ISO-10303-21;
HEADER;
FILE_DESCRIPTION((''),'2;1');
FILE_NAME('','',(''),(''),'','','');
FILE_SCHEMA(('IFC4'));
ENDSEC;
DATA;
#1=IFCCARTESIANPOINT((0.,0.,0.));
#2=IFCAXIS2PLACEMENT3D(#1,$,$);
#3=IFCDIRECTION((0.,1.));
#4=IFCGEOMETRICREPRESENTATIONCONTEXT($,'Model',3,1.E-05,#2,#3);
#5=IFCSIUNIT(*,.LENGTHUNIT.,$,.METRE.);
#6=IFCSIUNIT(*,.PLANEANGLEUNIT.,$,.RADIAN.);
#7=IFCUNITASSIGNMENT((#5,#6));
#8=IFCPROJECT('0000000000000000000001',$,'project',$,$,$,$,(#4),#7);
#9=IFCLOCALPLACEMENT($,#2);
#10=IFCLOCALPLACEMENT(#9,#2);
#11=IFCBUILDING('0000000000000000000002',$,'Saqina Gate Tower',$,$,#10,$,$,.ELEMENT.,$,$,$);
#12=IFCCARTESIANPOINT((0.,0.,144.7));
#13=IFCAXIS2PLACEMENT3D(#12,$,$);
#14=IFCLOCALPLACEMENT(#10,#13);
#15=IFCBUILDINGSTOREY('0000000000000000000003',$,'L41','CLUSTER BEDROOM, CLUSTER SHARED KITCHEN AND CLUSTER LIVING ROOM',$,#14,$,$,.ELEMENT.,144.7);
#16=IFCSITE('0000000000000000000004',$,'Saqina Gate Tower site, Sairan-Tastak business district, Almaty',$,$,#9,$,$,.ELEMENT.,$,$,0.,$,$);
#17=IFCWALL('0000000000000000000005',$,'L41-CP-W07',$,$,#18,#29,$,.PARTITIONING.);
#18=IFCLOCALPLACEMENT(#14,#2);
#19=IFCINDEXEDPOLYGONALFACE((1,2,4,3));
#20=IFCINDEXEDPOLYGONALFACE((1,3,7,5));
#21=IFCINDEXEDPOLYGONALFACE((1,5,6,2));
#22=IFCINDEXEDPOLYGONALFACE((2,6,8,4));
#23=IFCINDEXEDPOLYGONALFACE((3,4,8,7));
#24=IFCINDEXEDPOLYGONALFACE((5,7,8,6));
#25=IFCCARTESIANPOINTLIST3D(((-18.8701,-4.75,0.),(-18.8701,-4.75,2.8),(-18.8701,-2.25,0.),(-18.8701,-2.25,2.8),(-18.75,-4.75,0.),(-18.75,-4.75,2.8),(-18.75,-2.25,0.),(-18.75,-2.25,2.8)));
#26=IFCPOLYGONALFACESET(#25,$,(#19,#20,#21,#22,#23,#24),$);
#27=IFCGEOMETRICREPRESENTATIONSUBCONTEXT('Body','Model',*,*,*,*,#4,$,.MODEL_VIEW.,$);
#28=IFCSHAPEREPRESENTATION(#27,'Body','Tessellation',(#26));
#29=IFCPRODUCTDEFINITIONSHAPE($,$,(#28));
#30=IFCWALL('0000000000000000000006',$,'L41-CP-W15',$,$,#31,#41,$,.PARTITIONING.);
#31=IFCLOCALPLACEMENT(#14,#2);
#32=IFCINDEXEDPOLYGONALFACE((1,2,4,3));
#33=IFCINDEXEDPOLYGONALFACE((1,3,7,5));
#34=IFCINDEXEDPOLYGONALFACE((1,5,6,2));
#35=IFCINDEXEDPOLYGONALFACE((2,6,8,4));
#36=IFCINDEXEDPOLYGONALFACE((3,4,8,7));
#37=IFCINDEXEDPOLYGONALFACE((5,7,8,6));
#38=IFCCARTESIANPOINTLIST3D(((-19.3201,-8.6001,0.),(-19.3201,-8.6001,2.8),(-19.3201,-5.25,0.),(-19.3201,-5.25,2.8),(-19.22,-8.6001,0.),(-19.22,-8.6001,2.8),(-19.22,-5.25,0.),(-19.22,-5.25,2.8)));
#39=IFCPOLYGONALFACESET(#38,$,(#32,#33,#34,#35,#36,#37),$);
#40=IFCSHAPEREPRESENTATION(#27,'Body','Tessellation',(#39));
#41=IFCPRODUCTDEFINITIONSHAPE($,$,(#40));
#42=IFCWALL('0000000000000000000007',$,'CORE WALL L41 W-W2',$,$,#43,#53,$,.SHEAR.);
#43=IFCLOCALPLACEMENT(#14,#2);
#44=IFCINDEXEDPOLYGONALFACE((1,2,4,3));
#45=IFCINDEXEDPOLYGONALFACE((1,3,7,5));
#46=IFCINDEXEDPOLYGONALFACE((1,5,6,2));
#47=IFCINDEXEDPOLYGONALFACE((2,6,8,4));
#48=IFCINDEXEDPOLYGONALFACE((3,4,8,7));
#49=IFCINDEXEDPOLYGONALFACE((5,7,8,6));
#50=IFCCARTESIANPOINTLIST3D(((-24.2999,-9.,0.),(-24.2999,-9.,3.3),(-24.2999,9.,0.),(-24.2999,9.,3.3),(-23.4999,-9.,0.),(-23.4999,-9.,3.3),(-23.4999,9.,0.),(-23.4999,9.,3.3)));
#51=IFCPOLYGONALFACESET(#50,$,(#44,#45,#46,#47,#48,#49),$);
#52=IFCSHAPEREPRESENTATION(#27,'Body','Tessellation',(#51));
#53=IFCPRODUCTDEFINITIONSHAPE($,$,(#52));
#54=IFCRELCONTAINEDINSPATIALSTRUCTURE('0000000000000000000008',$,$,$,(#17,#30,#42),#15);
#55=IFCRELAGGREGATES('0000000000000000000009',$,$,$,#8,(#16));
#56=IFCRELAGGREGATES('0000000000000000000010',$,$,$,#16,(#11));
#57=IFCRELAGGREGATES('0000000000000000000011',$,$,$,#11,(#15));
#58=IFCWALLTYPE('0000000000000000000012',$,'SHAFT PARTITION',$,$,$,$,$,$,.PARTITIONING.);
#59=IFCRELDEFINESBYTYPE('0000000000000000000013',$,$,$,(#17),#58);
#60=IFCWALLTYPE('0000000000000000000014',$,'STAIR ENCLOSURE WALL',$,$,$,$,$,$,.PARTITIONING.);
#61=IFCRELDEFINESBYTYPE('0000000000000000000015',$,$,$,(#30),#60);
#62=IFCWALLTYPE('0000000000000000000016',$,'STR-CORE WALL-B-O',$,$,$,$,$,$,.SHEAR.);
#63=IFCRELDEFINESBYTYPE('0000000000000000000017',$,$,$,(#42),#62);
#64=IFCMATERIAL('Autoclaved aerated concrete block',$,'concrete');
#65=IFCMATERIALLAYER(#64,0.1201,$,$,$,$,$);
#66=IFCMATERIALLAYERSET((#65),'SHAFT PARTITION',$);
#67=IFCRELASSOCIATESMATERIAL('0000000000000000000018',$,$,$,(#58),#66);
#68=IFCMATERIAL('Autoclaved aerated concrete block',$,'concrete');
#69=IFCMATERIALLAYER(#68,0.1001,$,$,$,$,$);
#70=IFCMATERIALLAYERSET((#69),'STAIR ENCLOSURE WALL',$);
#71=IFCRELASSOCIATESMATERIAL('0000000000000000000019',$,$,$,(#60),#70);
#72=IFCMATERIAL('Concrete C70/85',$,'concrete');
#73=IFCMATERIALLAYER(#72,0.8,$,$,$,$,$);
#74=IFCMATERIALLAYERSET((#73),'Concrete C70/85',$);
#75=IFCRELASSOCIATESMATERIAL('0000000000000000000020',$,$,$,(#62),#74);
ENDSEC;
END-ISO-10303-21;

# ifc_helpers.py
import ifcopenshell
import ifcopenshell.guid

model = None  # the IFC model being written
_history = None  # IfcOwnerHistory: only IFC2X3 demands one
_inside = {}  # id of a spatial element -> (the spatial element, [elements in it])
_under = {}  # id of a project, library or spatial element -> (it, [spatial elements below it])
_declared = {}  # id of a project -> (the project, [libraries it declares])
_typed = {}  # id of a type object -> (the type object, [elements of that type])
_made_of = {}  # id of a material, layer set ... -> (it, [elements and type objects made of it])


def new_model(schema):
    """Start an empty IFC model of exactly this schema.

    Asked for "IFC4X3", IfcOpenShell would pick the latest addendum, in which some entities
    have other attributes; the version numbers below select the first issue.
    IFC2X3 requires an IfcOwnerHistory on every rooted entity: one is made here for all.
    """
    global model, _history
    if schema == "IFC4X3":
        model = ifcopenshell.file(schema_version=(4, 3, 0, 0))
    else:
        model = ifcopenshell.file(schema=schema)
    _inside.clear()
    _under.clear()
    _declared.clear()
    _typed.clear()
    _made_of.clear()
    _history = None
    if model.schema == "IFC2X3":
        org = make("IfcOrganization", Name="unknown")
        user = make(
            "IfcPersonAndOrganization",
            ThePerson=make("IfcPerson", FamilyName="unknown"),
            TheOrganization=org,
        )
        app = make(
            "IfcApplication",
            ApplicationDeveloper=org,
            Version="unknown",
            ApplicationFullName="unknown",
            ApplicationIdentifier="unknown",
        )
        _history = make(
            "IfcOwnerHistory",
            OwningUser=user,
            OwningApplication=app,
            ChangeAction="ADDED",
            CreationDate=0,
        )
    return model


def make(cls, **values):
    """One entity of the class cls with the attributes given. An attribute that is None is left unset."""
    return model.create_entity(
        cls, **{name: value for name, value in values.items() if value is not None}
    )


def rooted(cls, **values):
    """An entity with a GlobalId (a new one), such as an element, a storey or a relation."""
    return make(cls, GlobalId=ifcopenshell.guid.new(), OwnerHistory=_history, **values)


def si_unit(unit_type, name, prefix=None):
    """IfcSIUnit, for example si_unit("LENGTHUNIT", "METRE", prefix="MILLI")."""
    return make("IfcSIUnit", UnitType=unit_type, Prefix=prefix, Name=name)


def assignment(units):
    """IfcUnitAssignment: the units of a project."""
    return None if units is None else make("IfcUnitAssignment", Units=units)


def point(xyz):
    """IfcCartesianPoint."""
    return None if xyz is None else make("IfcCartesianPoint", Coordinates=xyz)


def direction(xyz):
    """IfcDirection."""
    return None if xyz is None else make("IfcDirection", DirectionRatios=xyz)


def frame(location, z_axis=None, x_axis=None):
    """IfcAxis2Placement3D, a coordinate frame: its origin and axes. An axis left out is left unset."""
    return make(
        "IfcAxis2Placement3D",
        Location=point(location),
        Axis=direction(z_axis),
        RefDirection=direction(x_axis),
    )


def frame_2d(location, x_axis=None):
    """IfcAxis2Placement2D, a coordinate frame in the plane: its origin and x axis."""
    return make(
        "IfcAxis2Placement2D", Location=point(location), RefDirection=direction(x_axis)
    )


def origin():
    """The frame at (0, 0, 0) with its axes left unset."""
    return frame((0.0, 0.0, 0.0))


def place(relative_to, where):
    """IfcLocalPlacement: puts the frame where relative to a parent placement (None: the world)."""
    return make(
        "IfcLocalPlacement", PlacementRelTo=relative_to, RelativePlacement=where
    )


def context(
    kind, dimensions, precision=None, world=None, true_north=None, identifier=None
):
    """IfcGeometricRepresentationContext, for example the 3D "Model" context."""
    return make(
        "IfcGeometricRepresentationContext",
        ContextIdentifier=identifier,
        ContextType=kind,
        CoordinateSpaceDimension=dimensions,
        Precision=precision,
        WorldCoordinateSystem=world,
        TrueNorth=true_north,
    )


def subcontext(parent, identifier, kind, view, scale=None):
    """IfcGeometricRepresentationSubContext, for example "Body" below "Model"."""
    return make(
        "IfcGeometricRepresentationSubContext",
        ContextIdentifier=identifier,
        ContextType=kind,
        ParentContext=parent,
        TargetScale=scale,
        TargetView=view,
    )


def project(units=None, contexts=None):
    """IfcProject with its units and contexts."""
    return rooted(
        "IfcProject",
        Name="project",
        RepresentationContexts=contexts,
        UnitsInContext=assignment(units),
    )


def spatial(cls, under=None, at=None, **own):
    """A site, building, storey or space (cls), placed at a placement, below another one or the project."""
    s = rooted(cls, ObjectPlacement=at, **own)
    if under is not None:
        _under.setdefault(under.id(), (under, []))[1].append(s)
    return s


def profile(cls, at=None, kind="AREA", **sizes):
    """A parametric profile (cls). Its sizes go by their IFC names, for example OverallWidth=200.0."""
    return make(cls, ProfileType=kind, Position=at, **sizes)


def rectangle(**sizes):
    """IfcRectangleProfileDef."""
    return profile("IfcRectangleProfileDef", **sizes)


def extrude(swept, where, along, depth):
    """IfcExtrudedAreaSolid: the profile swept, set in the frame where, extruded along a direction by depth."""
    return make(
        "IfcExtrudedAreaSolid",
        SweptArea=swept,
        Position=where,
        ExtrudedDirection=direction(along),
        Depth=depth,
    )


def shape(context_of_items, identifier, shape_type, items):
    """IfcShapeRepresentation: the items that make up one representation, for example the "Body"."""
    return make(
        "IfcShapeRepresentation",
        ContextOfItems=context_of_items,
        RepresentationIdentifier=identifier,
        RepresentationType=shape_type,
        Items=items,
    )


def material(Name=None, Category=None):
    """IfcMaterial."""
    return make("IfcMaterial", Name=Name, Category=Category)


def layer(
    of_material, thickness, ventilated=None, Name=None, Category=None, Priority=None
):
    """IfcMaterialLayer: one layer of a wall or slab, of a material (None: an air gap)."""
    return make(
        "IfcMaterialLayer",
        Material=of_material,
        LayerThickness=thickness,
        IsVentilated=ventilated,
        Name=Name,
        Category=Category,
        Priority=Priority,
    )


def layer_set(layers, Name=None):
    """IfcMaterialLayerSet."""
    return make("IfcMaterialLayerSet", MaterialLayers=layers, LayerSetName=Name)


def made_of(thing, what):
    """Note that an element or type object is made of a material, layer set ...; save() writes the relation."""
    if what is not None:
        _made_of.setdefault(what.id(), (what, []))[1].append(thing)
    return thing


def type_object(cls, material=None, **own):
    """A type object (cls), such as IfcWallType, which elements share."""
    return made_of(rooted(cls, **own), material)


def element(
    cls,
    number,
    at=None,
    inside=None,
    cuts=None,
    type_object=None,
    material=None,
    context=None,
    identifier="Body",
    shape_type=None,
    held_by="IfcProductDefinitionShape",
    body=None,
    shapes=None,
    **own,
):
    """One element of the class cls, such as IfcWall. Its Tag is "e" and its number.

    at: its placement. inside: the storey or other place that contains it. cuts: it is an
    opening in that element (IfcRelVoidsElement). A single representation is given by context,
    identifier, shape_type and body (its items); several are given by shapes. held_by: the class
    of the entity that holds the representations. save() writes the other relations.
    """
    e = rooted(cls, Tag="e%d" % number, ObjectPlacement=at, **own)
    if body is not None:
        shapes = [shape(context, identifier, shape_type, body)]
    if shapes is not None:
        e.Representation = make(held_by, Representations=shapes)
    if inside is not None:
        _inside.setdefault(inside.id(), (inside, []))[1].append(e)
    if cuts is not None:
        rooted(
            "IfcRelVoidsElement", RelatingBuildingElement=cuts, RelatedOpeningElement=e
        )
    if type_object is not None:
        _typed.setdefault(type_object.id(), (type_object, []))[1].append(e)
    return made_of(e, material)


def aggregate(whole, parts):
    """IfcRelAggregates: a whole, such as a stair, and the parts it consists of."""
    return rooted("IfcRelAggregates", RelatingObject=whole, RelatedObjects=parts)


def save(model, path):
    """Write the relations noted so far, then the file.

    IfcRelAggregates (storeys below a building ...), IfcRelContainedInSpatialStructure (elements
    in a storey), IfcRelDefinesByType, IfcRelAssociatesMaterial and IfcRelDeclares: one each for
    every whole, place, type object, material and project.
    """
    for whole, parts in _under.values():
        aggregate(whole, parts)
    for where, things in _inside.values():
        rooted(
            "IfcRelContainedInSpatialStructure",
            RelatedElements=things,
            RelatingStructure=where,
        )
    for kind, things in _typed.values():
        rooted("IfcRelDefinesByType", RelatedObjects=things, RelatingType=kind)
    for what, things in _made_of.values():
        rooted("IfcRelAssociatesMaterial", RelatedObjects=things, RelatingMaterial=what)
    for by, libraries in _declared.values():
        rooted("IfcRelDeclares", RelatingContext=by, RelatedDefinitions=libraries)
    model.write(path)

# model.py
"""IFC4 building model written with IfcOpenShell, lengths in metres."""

from ifc_helpers import new_model, si_unit, direction, frame, frame_2d, origin, place, context, subcontext, project, spatial, rectangle, extrude, material, layer, layer_set, type_object, element, save


model = new_model("IFC4")

# Units and contexts
model_context = context("Model", 3, precision=1e-05, world=origin(), true_north=direction((0.0, 1.0)))
body_context = subcontext(model_context, "Body", "Model", "MODEL_VIEW")
ifc_project = project(units=[si_unit("LENGTHUNIT", "METRE"), si_unit("PLANEANGLEUNIT", "RADIAN")], contexts=[model_context])

# Site, building, storey
site_placement = place(None, origin())
site = spatial("IfcSite", under=ifc_project, at=site_placement, Name="Saqina Gate Tower site, Sairan-Tastak business district, Almaty", CompositionType="ELEMENT", RefElevation=0.0)
building_placement = place(site_placement, origin())
building = spatial("IfcBuilding", under=site, at=building_placement, Name="Saqina Gate Tower", CompositionType="ELEMENT")
storey_placement = place(building_placement, frame((0.0, 0.0, 144.7)))
storey = spatial("IfcBuildingStorey", under=building, at=storey_placement, Name="L41", Description="CLUSTER BEDROOM, CLUSTER SHARED KITCHEN AND CLUSTER LIVING ROOM", CompositionType="ELEMENT", Elevation=144.7)

# Walls
ifc_material_1 = material(Name="Autoclaved aerated concrete block", Category="concrete")
ifc_layer_1 = layer(ifc_material_1, 0.1201)
ifc_layer_set_1 = layer_set([ifc_layer_1], Name="SHAFT PARTITION")
wall_type_1 = type_object("IfcWallType", Name="SHAFT PARTITION", PredefinedType="PARTITIONING", material=ifc_layer_set_1)
wall_1_placement = place(storey_placement, frame((-18.8101, -4.75, 0.0), z_axis=(0.0, 0.0, 1.0), x_axis=(0.0, 1.0, 0.0)))
element("IfcWall", 1, at=wall_1_placement, inside=storey, type_object=wall_type_1, Name="L41-CP-W07", PredefinedType="PARTITIONING", context=body_context, shape_type="SweptSolid", body=[
    extrude(rectangle(XDim=2.5, YDim=0.1201, at=frame_2d((1.25, 0.0))), origin(), (0.0, 0.0, 1.0), 2.8),
])
ifc_material_2 = material(Name="Autoclaved aerated concrete block", Category="concrete")
ifc_layer_2 = layer(ifc_material_2, 0.1001)
ifc_layer_set_2 = layer_set([ifc_layer_2], Name="STAIR ENCLOSURE WALL")
wall_type_2 = type_object("IfcWallType", Name="STAIR ENCLOSURE WALL", PredefinedType="PARTITIONING", material=ifc_layer_set_2)
wall_2_placement = place(storey_placement, frame((-19.27, -8.6001, 0.0), z_axis=(0.0, 0.0, 1.0), x_axis=(0.0, 1.0, 0.0)))
element("IfcWall", 2, at=wall_2_placement, inside=storey, type_object=wall_type_2, Name="L41-CP-W15", PredefinedType="PARTITIONING", context=body_context, shape_type="SweptSolid", body=[
    extrude(rectangle(XDim=3.3501, YDim=0.1001, at=frame_2d((1.675, 0.0))), origin(), (0.0, 0.0, 1.0), 2.8),
])
ifc_material_3 = material(Name="Concrete C70/85", Category="concrete")
ifc_layer_3 = layer(ifc_material_3, 0.8)
ifc_layer_set_3 = layer_set([ifc_layer_3], Name="Concrete C70/85")
wall_type_3 = type_object("IfcWallType", Name="STR-CORE WALL-B-O", PredefinedType="SHEAR", material=ifc_layer_set_3)
wall_3_placement = place(storey_placement, frame((-23.8999, -9.0, 0.0), z_axis=(0.0, 0.0, 1.0), x_axis=(0.0, 1.0, 0.0)))
element("IfcWall", 3, at=wall_3_placement, inside=storey, type_object=wall_type_3, Name="CORE WALL L41 W-W2", PredefinedType="SHEAR", context=body_context, shape_type="SweptSolid", body=[
    extrude(rectangle(XDim=18.0, YDim=0.8, at=frame_2d((9.0, 0.0))), origin(), (0.0, 0.0, 1.0), 3.3),
])

save(model, "model.ifc")
